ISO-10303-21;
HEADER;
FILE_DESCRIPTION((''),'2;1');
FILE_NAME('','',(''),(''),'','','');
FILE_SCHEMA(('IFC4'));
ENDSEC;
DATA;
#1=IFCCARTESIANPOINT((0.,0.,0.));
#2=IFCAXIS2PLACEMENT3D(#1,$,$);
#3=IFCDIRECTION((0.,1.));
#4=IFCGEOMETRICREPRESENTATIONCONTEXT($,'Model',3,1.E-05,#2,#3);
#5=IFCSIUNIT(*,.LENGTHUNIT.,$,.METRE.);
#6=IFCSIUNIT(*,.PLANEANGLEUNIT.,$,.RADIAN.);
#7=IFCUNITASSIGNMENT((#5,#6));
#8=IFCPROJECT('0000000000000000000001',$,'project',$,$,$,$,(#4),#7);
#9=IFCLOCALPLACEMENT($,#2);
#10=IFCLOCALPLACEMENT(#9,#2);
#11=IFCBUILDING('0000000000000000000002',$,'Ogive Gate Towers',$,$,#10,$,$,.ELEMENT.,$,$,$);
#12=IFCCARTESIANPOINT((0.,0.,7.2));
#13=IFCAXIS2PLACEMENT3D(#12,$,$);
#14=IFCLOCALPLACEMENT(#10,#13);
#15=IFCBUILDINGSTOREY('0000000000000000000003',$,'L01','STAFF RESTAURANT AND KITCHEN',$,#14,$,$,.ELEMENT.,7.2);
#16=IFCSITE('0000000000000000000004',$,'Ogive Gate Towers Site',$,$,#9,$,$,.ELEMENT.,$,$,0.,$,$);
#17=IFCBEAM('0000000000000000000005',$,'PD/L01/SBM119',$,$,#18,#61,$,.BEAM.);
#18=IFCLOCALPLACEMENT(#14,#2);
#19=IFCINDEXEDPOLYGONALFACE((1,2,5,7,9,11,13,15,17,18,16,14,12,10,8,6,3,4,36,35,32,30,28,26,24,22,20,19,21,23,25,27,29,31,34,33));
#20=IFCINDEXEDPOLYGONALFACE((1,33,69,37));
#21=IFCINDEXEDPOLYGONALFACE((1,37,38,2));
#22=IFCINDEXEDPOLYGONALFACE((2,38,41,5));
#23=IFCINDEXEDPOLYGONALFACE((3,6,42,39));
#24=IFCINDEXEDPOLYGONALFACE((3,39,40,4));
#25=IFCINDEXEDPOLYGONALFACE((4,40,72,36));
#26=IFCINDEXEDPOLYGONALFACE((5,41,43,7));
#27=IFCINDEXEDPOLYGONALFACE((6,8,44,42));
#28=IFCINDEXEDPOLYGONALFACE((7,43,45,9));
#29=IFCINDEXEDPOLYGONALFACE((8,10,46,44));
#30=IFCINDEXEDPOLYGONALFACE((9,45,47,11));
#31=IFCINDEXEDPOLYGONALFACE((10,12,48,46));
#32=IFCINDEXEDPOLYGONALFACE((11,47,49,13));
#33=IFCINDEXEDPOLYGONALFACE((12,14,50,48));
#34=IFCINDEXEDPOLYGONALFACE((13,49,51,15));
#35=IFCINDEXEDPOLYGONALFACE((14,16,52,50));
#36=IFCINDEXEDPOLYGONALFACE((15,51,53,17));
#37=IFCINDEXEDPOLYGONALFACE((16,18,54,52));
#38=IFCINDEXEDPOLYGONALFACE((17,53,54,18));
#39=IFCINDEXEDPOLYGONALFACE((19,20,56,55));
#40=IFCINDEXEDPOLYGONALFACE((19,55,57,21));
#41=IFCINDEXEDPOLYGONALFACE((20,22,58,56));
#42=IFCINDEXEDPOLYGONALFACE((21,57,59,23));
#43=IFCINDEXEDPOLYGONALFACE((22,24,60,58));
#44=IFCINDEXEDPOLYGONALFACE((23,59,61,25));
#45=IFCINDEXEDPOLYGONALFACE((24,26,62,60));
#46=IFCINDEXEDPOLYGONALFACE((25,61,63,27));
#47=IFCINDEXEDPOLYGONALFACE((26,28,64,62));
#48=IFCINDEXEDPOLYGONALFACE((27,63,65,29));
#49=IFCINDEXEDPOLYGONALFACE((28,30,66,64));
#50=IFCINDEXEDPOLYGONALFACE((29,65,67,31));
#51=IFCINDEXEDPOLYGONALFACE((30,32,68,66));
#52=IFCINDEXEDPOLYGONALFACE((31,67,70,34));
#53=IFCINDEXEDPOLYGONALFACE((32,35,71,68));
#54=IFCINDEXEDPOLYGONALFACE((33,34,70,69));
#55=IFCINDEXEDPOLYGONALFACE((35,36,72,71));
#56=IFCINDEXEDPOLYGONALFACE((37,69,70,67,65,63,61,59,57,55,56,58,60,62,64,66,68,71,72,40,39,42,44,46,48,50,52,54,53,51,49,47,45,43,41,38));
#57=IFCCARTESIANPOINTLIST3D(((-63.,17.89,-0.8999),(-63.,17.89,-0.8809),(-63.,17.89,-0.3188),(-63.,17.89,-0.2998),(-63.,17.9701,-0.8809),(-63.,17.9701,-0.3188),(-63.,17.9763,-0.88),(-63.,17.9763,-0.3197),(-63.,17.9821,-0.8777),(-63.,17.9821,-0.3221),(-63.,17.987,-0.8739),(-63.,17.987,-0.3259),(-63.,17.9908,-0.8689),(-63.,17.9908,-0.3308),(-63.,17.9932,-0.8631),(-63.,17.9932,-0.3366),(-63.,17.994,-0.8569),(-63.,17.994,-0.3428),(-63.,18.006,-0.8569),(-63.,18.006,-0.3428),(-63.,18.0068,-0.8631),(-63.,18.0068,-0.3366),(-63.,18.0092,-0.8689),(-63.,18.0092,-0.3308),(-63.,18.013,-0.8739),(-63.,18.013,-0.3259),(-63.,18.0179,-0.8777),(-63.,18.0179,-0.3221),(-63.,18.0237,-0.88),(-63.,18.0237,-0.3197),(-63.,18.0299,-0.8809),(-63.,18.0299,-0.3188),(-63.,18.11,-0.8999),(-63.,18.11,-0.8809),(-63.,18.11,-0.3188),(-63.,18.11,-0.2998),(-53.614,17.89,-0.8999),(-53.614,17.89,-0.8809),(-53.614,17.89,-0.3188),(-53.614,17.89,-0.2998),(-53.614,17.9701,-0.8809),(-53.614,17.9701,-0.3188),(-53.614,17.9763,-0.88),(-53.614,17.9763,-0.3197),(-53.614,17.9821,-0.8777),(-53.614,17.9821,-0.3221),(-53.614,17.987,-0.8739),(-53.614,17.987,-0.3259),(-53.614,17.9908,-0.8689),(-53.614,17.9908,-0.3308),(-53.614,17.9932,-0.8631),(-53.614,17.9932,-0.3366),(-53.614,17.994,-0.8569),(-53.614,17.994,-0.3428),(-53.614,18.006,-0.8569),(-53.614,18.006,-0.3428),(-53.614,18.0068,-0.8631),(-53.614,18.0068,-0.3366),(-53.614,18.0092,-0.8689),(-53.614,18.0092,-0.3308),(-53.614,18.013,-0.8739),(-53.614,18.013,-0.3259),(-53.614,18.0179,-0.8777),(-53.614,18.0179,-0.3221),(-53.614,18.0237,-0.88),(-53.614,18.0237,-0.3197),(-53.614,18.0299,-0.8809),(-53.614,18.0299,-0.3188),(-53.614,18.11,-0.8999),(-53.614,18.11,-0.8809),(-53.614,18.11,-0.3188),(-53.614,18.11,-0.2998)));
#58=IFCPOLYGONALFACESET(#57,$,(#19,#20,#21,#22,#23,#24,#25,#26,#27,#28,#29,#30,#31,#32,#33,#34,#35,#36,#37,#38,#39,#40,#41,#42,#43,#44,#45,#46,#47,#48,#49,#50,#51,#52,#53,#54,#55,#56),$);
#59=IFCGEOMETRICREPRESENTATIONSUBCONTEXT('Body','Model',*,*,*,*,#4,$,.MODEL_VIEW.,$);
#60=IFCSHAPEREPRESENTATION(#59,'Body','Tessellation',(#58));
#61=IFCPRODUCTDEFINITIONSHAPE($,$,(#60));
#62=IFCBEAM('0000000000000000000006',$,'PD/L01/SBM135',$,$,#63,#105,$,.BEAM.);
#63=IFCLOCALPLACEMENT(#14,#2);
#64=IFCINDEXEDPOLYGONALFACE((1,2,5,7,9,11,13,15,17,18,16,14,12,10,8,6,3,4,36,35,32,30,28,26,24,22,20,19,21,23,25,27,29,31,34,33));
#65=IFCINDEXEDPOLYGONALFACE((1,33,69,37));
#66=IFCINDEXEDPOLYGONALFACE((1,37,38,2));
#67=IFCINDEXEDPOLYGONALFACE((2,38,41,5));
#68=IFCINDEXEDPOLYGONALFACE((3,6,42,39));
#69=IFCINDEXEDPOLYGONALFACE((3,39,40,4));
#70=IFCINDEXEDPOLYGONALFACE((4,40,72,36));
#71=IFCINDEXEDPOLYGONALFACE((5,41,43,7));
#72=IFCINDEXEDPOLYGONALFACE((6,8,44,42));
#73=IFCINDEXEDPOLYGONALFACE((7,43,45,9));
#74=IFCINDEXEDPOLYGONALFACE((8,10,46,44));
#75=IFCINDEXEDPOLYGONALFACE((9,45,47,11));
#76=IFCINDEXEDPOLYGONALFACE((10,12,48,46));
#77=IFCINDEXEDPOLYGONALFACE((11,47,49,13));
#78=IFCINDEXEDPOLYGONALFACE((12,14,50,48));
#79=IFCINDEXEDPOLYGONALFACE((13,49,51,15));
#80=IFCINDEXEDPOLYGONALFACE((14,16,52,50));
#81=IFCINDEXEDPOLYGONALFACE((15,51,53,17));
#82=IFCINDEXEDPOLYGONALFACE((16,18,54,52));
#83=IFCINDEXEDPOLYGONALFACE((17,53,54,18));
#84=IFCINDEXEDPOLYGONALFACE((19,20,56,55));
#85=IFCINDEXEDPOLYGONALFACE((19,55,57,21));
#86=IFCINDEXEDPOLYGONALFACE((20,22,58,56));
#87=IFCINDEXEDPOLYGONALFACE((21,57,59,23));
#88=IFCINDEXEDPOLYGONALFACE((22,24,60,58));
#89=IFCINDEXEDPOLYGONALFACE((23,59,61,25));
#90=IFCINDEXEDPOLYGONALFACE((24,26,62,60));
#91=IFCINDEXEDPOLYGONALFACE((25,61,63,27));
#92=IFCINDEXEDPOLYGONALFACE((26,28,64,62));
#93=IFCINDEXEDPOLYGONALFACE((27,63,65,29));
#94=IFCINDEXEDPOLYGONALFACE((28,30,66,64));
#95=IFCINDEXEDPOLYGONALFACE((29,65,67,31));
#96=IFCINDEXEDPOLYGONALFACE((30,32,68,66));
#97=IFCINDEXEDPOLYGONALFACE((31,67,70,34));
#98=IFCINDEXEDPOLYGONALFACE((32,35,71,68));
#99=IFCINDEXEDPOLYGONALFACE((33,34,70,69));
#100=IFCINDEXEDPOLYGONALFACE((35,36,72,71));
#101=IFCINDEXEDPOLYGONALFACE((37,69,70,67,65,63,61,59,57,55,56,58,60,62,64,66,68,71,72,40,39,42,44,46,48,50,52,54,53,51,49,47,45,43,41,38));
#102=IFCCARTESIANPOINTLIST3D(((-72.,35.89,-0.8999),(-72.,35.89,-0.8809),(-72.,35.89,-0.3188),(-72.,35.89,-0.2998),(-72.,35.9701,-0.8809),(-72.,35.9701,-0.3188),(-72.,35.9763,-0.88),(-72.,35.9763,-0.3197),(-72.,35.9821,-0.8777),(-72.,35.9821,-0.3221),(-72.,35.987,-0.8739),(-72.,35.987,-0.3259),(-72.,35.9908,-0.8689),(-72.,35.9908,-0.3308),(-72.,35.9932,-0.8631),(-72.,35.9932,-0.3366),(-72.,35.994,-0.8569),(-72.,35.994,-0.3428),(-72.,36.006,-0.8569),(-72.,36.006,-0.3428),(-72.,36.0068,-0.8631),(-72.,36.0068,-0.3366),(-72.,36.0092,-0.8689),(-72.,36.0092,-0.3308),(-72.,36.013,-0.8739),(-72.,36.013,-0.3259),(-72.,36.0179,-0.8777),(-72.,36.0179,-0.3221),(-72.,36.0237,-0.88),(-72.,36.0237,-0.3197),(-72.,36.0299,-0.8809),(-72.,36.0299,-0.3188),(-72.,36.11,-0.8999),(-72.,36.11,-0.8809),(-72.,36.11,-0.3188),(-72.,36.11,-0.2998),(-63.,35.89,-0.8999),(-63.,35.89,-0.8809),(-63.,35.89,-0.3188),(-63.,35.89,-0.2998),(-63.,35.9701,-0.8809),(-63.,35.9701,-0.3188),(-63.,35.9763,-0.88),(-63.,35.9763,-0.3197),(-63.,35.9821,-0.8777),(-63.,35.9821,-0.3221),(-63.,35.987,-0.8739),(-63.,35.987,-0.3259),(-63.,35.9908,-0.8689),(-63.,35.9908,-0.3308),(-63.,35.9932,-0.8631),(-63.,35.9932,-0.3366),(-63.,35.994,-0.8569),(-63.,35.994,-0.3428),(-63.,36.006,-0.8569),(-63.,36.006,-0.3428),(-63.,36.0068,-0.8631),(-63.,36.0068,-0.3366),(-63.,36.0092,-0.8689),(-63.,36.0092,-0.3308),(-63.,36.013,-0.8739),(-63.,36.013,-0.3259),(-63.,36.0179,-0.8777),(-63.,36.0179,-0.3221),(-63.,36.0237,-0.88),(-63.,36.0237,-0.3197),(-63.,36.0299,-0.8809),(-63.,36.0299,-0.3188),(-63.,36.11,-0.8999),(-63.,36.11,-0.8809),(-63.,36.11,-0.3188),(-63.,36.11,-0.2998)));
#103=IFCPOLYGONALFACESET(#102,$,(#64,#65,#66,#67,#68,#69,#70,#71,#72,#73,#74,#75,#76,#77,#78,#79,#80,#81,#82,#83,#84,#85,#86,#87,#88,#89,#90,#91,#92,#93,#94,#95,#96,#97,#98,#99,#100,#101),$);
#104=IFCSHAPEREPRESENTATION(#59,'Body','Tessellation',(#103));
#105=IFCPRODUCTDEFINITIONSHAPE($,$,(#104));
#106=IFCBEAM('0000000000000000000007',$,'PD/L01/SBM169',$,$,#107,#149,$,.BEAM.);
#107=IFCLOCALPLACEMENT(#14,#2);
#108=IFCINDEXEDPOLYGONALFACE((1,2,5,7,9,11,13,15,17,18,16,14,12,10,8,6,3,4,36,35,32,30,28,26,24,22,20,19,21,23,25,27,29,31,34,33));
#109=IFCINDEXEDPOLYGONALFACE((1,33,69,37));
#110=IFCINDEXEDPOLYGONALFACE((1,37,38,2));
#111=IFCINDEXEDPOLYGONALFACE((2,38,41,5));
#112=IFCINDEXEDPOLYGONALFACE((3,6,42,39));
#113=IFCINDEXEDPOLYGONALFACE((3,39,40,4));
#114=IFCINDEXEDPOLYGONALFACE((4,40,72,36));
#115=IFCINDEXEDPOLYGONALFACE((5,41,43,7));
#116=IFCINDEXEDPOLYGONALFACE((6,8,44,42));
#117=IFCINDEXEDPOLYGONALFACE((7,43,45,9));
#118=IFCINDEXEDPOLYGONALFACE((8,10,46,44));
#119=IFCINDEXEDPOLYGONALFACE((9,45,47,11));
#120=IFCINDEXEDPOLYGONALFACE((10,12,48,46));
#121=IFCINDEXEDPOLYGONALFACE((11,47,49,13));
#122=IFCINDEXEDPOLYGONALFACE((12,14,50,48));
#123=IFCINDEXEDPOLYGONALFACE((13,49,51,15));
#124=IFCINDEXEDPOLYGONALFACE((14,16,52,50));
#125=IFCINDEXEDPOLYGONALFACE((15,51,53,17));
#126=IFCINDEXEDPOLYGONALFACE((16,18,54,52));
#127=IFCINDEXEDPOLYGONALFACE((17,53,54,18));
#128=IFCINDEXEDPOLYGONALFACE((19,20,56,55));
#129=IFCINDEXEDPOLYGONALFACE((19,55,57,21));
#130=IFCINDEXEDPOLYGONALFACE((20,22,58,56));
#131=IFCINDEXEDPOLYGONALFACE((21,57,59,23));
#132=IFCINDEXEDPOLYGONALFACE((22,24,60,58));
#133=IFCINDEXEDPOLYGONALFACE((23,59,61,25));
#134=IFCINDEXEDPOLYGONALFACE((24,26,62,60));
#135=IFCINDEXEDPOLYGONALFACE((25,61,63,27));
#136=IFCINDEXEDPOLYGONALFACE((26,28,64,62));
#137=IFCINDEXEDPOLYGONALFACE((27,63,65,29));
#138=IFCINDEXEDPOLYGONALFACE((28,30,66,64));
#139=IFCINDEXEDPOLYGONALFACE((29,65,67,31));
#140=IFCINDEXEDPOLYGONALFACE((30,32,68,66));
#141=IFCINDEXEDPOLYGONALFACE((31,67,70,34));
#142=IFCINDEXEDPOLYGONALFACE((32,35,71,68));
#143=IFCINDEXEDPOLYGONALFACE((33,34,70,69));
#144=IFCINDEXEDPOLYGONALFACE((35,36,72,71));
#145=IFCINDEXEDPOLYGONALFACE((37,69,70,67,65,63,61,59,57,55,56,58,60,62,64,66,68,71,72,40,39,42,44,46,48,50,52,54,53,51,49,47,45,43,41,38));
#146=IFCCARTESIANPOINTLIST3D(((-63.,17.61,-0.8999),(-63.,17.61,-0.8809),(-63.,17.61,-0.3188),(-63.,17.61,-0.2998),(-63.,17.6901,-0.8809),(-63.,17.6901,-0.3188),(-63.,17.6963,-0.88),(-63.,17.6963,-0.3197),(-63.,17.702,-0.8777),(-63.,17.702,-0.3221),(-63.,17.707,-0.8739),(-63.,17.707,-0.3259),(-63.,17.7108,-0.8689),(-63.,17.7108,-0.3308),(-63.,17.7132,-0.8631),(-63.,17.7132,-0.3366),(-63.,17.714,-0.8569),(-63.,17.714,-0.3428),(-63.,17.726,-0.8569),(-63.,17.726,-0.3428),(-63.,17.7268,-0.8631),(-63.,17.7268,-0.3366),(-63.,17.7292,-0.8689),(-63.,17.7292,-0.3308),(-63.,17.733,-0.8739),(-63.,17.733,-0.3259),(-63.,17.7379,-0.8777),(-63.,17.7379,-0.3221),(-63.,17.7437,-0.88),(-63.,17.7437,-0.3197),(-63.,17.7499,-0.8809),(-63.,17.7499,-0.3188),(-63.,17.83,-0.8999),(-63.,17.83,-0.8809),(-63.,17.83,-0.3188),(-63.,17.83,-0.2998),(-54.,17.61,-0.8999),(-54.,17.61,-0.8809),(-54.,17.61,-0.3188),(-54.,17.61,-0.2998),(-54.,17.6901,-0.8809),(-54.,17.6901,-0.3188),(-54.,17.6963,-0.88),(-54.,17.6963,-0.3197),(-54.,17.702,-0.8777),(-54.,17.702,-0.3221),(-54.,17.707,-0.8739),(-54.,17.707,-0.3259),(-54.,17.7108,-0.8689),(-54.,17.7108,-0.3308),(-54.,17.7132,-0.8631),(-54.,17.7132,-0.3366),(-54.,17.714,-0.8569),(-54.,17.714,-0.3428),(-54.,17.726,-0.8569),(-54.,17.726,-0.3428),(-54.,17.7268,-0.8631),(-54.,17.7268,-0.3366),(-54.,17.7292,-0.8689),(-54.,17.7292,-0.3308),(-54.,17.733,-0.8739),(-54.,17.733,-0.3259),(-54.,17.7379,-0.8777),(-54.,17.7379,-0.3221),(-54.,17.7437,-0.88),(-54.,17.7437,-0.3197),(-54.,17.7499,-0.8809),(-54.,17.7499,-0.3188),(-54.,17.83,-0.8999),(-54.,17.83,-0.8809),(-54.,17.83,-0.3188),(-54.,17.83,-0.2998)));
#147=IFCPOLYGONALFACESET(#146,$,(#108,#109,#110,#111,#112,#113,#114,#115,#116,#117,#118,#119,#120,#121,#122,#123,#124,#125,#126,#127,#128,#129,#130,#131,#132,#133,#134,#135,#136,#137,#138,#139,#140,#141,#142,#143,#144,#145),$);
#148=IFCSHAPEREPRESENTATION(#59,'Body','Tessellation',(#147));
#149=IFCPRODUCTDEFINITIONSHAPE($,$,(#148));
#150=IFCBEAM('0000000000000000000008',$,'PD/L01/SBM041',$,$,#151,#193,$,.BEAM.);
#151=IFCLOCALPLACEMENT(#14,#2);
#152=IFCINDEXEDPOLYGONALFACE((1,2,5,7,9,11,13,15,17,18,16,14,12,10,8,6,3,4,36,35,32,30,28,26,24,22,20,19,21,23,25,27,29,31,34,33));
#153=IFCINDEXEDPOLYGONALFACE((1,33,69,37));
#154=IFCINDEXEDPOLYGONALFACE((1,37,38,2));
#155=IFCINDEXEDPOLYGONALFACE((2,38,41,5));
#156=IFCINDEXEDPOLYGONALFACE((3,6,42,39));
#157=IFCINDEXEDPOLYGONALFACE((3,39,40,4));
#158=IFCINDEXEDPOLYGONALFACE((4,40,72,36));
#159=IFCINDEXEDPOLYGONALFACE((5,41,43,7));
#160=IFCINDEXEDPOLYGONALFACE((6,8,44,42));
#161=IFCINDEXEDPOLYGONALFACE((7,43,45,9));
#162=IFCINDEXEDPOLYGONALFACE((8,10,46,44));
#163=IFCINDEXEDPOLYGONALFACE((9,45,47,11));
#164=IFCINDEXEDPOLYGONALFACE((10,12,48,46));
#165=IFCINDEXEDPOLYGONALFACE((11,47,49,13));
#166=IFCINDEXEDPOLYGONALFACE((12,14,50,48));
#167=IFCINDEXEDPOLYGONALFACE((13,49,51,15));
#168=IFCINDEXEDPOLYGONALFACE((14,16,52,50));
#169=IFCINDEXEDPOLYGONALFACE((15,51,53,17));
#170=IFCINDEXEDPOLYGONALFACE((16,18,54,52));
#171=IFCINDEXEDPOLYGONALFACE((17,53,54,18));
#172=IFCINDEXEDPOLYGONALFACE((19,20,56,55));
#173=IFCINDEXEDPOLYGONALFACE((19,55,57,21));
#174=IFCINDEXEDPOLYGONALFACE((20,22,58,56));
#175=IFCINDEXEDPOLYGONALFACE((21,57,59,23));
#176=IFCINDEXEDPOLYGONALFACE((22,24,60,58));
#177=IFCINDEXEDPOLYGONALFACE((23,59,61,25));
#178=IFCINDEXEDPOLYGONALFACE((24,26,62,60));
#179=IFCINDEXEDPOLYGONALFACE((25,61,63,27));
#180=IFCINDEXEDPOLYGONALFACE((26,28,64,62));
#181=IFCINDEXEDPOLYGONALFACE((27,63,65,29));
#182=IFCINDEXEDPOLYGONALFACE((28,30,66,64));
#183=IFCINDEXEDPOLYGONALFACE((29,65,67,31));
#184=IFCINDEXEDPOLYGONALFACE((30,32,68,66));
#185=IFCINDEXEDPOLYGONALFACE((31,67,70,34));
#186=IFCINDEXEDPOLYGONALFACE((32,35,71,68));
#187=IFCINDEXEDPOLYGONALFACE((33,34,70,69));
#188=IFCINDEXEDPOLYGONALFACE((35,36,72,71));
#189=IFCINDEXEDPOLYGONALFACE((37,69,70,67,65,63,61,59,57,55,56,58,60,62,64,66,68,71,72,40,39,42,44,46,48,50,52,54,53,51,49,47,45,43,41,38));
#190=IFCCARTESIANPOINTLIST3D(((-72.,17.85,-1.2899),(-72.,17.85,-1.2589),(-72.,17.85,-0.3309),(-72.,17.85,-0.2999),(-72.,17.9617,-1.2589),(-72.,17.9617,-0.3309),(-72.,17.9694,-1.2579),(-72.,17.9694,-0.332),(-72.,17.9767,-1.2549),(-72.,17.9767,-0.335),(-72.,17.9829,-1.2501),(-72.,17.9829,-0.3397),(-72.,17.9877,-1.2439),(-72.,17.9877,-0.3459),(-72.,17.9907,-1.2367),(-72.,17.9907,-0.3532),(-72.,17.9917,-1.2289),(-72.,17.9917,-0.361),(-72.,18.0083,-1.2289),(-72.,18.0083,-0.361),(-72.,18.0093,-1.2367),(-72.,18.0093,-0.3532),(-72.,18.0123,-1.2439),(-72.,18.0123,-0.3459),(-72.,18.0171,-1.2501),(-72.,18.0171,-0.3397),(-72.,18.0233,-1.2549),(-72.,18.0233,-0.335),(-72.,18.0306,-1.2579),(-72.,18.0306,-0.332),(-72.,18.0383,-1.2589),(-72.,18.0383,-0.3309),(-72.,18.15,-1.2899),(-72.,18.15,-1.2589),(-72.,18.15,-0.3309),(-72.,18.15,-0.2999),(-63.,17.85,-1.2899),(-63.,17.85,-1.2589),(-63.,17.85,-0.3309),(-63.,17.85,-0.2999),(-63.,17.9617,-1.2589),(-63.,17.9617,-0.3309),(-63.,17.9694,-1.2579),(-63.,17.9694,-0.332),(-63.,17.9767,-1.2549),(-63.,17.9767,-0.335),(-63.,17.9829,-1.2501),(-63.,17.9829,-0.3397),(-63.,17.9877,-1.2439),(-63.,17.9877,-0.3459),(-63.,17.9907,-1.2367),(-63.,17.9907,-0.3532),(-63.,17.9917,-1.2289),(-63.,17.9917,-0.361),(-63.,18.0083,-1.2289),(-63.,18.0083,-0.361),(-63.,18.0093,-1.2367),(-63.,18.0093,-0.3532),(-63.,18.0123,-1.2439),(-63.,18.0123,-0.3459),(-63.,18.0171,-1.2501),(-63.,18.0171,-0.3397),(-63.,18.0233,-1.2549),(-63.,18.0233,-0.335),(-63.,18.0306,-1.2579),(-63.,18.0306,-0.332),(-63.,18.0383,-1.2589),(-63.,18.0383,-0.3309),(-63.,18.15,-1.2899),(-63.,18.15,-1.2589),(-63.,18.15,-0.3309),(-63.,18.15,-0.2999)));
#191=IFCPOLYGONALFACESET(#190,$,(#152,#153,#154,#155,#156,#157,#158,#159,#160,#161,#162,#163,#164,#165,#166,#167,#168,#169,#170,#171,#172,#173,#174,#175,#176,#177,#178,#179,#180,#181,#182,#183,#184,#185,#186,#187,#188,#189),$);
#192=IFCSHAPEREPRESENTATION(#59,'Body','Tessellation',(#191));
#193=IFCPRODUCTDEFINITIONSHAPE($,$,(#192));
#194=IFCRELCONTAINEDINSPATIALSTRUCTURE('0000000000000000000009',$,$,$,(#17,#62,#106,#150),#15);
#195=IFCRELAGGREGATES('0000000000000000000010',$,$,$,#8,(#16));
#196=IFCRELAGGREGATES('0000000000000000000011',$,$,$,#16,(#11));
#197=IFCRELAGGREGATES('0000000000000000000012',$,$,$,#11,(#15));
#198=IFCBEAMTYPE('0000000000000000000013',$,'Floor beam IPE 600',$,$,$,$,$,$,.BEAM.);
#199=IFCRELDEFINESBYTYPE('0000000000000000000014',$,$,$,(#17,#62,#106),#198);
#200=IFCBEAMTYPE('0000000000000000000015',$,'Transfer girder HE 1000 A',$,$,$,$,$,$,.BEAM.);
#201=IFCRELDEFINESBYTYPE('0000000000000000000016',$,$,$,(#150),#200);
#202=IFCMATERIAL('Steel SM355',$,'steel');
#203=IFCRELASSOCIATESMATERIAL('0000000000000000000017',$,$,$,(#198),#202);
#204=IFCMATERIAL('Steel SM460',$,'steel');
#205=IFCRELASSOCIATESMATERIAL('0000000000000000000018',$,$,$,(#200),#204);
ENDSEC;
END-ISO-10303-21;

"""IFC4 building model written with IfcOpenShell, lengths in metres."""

from ifc_helpers import new_model, si_unit, direction, frame, origin, origin_2d, place, context, subcontext, project, spatial, i_section, extrude, material, material_profile, profile_set, type_object, element, save


model = new_model("IFC4")

# Units and contexts
model_context = context("Model", 3, precision=1e-05, world=origin(), true_north=direction((0.0, 1.0)))
body_context = subcontext(model_context, "Body", "Model", "MODEL_VIEW")
ifc_project = project(units=[si_unit("LENGTHUNIT", "METRE"), si_unit("PLANEANGLEUNIT", "RADIAN")], contexts=[model_context])

# Site, building, storey
site_placement = place(None, origin())
site = spatial("IfcSite", under=ifc_project, at=site_placement, Name="Ogive Gate Towers Site", CompositionType="ELEMENT", RefElevation=0.0)
building_placement = place(site_placement, origin())
building = spatial("IfcBuilding", under=site, at=building_placement, Name="Ogive Gate Towers", CompositionType="ELEMENT")
storey_placement = place(building_placement, frame((0.0, 0.0, 7.2)))
storey = spatial("IfcBuildingStorey", under=building, at=storey_placement, Name="L01", Description="STAFF RESTAURANT AND KITCHEN", CompositionType="ELEMENT", Elevation=7.2)

# Beams
ifc_material_1 = material(Name="Steel SM355", Category="steel")
ifc_material_profile_1 = material_profile(ifc_material_1, i_section(OverallWidth=0.22, OverallDepth=0.6001, WebThickness=0.012, FlangeThickness=0.019, FilletRadius=0.0239, at=origin_2d()), Name="IPE 600")
ifc_profile_set_1 = profile_set([ifc_material_profile_1], Name="Steel SM355")
beam_type_1 = type_object("IfcBeamType", Name="Floor beam IPE 600", PredefinedType="BEAM", material=ifc_profile_set_1)
beam_placement = place(storey_placement, frame((-63.0, 18.0, -0.5999), z_axis=(1.0, 0.0, 0.0), x_axis=(0.0, 1.0, 0.0)))
element("IfcBeam", 1, at=beam_placement, inside=storey, type_object=beam_type_1, Name="PD/L01/SBM119", PredefinedType="BEAM", context=body_context, shape_type="SweptSolid", body=[
    extrude(i_section(OverallWidth=0.22, OverallDepth=0.6001, WebThickness=0.012, FlangeThickness=0.019, FilletRadius=0.0239, at=origin_2d()), origin(), (0.0, 0.0, 1.0), 9.386),
])
for number, where, z_axis, x_axis, name in (
    (2, (-72.0, 36.0, -0.5999), (1.0, 0.0, 0.0), (0.0, 1.0, 0.0), "PD/L01/SBM135"),
    (3, (-63.0, 17.72, -0.5999), (1.0, 0.0, 0.0), (0.0, 1.0, 0.0), "PD/L01/SBM169"),
):
    element("IfcBeam", number, at=place(storey_placement, frame(where, z_axis=z_axis, x_axis=x_axis)), inside=storey, type_object=beam_type_1, Name=name, PredefinedType="BEAM", context=body_context, shape_type="SweptSolid", body=[
        extrude(i_section(OverallWidth=0.22, OverallDepth=0.6001, WebThickness=0.012, FlangeThickness=0.019, FilletRadius=0.0239, at=origin_2d()), origin(), (0.0, 0.0, 1.0), 9.0),
    ])
ifc_material_2 = material(Name="Steel SM460", Category="steel")
ifc_material_profile_2 = material_profile(ifc_material_2, i_section(OverallWidth=0.3, OverallDepth=0.99, WebThickness=0.0166, FlangeThickness=0.031, FilletRadius=0.03, at=origin_2d()), Name="HE 1000 A")
ifc_profile_set_2 = profile_set([ifc_material_profile_2], Name="Steel SM460")
beam_type_2 = type_object("IfcBeamType", Name="Transfer girder HE 1000 A", PredefinedType="BEAM", material=ifc_profile_set_2)
for number, where, z_axis, x_axis, name in (
    (4, (-72.0, 18.0, -0.7949), (1.0, 0.0, 0.0), (0.0, 1.0, 0.0), "PD/L01/SBM041"),
):
    element("IfcBeam", number, at=place(storey_placement, frame(where, z_axis=z_axis, x_axis=x_axis)), inside=storey, type_object=beam_type_2, Name=name, PredefinedType="BEAM", context=body_context, shape_type="SweptSolid", body=[
        extrude(i_section(OverallWidth=0.3, OverallDepth=0.99, WebThickness=0.0166, FlangeThickness=0.031, FilletRadius=0.03, at=origin_2d()), origin(), (0.0, 0.0, 1.0), 9.0),
    ])

save(model, "model.ifc")
